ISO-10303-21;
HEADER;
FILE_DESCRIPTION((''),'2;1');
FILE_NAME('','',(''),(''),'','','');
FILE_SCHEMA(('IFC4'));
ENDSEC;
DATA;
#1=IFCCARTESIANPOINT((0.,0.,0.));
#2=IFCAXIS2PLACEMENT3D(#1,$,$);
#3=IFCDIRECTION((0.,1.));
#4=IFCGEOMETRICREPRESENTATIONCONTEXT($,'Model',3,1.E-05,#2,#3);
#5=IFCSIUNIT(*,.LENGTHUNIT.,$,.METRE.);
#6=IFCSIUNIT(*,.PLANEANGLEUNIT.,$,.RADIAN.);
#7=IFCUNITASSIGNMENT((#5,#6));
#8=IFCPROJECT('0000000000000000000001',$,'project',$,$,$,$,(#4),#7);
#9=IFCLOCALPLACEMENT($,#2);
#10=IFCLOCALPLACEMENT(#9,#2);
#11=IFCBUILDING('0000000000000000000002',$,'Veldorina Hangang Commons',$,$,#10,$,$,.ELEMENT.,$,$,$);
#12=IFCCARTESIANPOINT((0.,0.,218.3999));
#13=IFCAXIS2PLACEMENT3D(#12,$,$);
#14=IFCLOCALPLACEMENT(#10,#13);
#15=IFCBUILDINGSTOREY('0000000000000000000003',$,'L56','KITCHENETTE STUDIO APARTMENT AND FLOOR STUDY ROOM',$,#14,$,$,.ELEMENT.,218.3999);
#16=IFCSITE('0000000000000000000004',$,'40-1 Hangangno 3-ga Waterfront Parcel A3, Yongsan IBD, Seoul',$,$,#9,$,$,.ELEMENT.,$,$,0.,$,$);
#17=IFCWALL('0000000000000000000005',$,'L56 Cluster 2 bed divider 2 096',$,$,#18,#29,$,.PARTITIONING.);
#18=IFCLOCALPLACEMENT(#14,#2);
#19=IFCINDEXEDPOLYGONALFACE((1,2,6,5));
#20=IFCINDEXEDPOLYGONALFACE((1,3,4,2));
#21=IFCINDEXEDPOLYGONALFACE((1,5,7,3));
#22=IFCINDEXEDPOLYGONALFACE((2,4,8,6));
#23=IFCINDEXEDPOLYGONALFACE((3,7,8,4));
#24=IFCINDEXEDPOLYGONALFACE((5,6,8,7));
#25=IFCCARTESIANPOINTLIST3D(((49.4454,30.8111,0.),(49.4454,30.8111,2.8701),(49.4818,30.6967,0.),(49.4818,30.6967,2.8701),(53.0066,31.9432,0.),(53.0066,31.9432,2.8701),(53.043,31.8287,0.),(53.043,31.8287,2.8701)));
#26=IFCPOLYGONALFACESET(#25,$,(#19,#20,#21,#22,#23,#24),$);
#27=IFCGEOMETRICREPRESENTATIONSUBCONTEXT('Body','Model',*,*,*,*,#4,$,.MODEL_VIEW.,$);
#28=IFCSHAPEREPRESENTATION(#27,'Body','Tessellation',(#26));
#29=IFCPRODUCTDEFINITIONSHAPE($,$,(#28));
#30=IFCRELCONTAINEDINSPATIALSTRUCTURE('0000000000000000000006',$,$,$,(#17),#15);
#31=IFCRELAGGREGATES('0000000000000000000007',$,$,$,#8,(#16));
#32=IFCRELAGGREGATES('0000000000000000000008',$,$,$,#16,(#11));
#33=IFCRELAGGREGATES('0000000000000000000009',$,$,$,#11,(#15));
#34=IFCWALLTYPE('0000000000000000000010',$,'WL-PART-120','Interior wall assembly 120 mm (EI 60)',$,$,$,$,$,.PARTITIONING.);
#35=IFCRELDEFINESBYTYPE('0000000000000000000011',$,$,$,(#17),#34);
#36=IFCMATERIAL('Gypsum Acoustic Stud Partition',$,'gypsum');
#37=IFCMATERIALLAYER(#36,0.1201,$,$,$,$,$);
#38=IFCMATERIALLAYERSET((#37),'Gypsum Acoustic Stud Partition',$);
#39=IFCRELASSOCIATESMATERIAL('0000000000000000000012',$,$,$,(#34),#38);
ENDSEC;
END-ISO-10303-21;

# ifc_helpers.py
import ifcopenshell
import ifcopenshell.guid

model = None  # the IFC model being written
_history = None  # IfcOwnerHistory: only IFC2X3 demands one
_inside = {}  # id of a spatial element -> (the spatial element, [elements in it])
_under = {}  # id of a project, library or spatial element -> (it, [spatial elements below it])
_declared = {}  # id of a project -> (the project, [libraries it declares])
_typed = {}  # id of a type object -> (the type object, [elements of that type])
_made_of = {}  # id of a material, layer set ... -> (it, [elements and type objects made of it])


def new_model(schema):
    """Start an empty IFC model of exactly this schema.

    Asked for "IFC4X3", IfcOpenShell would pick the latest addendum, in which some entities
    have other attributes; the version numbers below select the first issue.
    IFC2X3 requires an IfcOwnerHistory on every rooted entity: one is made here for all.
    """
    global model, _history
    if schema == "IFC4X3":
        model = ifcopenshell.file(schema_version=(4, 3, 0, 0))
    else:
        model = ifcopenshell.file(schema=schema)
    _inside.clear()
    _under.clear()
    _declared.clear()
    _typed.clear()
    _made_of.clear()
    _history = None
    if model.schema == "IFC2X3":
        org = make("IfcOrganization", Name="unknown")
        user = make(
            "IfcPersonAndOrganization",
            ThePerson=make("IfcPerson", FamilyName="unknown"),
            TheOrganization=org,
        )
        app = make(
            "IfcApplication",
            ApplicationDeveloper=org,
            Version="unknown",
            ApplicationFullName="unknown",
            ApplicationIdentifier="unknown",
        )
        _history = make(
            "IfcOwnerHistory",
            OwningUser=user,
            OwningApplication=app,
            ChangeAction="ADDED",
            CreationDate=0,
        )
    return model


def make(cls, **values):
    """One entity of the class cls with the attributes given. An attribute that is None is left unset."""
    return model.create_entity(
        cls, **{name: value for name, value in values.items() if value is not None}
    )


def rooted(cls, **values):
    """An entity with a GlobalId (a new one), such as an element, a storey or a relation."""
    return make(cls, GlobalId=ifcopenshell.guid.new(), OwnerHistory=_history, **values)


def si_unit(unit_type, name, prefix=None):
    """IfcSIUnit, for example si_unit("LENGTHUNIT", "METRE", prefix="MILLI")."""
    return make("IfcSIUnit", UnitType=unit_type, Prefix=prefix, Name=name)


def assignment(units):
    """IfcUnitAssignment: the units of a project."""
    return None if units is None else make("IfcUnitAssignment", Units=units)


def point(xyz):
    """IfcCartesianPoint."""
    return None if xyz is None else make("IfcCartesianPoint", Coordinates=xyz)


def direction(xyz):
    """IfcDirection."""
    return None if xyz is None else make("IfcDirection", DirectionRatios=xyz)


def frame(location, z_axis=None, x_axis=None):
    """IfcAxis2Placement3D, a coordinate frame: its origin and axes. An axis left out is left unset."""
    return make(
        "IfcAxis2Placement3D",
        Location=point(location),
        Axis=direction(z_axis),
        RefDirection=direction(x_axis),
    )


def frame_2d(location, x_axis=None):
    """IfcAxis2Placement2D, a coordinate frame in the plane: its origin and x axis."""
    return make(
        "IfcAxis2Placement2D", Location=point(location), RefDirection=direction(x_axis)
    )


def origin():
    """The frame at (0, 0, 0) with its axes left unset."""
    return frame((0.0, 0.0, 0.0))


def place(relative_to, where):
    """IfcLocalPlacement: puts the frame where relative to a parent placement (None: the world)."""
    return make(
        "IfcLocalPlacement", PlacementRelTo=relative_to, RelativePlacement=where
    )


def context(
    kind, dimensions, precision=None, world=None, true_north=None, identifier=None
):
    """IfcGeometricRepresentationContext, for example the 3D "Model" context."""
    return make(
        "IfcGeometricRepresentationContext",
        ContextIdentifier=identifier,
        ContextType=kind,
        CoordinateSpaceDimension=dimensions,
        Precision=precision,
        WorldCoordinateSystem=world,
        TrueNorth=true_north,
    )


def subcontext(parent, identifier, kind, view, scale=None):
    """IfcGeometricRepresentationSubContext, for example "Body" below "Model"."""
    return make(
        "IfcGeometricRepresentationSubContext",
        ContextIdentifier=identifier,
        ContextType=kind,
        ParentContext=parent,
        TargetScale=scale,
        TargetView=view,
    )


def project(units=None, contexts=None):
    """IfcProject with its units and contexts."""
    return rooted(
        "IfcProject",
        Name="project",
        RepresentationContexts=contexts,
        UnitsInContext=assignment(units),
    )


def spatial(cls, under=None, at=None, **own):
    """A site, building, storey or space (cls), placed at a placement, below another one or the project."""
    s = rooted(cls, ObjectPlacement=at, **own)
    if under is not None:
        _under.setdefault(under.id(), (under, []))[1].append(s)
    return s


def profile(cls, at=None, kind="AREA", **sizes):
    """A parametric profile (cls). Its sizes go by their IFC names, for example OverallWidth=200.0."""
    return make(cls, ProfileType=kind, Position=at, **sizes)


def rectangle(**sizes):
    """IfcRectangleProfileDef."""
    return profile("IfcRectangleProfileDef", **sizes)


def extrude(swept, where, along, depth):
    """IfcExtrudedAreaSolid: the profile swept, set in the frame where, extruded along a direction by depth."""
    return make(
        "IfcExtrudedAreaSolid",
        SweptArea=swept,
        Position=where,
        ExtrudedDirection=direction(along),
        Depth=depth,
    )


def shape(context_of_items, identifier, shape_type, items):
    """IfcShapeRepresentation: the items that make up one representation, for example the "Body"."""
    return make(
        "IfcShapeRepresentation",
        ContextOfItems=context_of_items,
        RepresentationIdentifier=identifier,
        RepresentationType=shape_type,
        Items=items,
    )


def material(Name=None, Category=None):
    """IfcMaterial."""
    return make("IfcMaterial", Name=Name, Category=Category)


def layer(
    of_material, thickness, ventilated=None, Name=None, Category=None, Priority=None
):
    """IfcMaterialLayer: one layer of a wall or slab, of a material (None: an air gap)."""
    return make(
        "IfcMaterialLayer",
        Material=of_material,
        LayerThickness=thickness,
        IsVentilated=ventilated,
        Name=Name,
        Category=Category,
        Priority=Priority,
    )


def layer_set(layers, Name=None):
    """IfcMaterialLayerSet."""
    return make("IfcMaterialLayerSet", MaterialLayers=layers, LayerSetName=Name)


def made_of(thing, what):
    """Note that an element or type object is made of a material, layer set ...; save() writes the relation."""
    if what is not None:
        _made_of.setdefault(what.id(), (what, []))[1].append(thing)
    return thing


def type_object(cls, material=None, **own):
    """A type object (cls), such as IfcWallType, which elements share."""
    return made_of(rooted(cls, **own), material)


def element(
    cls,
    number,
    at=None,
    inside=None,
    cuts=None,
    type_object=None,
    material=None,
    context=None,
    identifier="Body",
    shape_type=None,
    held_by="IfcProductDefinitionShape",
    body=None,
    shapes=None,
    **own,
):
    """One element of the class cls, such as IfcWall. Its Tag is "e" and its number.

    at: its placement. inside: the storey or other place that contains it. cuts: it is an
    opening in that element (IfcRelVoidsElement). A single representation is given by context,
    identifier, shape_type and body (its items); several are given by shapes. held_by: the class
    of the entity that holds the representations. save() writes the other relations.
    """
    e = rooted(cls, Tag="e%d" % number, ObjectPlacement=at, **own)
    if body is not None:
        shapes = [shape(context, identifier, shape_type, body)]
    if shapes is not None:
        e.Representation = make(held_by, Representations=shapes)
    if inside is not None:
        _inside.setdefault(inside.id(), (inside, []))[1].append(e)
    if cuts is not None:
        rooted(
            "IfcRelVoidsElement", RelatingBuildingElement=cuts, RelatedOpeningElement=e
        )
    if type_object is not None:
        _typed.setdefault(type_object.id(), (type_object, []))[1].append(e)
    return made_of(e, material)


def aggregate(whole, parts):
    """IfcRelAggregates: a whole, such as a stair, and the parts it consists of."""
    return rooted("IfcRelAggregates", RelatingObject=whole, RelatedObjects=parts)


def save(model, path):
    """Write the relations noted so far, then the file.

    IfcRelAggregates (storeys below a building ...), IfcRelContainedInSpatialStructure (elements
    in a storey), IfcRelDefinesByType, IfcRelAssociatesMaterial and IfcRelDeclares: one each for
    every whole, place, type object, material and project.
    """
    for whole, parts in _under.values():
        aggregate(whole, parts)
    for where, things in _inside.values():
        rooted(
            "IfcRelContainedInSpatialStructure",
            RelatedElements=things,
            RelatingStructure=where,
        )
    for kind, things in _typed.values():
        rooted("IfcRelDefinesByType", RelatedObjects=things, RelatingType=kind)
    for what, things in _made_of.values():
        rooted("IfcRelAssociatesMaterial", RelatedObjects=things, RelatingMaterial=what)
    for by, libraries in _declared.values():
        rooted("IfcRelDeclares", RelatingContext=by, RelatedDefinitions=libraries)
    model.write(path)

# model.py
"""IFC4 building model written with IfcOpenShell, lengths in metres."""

from ifc_helpers import new_model, si_unit, direction, frame, frame_2d, origin, place, context, subcontext, project, spatial, rectangle, extrude, material, layer, layer_set, type_object, element, save


model = new_model("IFC4")

# Units and contexts
model_context = context("Model", 3, precision=1e-05, world=origin(), true_north=direction((0.0, 1.0)))
body_context = subcontext(model_context, "Body", "Model", "MODEL_VIEW")
ifc_project = project(units=[si_unit("LENGTHUNIT", "METRE"), si_unit("PLANEANGLEUNIT", "RADIAN")], contexts=[model_context])

# Site, building, storey
site_placement = place(None, origin())
site = spatial("IfcSite", under=ifc_project, at=site_placement, Name="40-1 Hangangno 3-ga Waterfront Parcel A3, Yongsan IBD, Seoul", CompositionType="ELEMENT", RefElevation=0.0)
building_placement = place(site_placement, origin())
building = spatial("IfcBuilding", under=site, at=building_placement, Name="Veldorina Hangang Commons", CompositionType="ELEMENT")
storey_placement = place(building_placement, frame((0.0, 0.0, 218.3999)))
storey = spatial("IfcBuildingStorey", under=building, at=storey_placement, Name="L56", Description="KITCHENETTE STUDIO APARTMENT AND FLOOR STUDY ROOM", CompositionType="ELEMENT", Elevation=218.3999)

# Shared definitions
ifc_material_1 = material(Name="Gypsum Acoustic Stud Partition", Category="gypsum")
ifc_layer_1 = layer(ifc_material_1, 0.1201)
ifc_layer_set_1 = layer_set([ifc_layer_1], Name="Gypsum Acoustic Stud Partition")
wall_type = type_object("IfcWallType", Name="WL-PART-120", Description="Interior wall assembly 120 mm (EI 60)", PredefinedType="PARTITIONING", material=ifc_layer_set_1)

# Wall
wall_1_placement = place(storey_placement, frame((49.4636, 30.7539, 0.0), z_axis=(0.0, 0.0, 1.0), x_axis=(0.953007, 0.302947, 0.0)))
element("IfcWall", 1, at=wall_1_placement, inside=storey, type_object=wall_type, Name="L56 Cluster 2 bed divider 2 096", PredefinedType="PARTITIONING", context=body_context, shape_type="SweptSolid", body=[
    extrude(rectangle(XDim=3.7368, YDim=0.1201, at=frame_2d((1.8684, 0.0))), origin(), (0.0, 0.0, 1.0), 2.8701),
])

save(model, "model.ifc")
